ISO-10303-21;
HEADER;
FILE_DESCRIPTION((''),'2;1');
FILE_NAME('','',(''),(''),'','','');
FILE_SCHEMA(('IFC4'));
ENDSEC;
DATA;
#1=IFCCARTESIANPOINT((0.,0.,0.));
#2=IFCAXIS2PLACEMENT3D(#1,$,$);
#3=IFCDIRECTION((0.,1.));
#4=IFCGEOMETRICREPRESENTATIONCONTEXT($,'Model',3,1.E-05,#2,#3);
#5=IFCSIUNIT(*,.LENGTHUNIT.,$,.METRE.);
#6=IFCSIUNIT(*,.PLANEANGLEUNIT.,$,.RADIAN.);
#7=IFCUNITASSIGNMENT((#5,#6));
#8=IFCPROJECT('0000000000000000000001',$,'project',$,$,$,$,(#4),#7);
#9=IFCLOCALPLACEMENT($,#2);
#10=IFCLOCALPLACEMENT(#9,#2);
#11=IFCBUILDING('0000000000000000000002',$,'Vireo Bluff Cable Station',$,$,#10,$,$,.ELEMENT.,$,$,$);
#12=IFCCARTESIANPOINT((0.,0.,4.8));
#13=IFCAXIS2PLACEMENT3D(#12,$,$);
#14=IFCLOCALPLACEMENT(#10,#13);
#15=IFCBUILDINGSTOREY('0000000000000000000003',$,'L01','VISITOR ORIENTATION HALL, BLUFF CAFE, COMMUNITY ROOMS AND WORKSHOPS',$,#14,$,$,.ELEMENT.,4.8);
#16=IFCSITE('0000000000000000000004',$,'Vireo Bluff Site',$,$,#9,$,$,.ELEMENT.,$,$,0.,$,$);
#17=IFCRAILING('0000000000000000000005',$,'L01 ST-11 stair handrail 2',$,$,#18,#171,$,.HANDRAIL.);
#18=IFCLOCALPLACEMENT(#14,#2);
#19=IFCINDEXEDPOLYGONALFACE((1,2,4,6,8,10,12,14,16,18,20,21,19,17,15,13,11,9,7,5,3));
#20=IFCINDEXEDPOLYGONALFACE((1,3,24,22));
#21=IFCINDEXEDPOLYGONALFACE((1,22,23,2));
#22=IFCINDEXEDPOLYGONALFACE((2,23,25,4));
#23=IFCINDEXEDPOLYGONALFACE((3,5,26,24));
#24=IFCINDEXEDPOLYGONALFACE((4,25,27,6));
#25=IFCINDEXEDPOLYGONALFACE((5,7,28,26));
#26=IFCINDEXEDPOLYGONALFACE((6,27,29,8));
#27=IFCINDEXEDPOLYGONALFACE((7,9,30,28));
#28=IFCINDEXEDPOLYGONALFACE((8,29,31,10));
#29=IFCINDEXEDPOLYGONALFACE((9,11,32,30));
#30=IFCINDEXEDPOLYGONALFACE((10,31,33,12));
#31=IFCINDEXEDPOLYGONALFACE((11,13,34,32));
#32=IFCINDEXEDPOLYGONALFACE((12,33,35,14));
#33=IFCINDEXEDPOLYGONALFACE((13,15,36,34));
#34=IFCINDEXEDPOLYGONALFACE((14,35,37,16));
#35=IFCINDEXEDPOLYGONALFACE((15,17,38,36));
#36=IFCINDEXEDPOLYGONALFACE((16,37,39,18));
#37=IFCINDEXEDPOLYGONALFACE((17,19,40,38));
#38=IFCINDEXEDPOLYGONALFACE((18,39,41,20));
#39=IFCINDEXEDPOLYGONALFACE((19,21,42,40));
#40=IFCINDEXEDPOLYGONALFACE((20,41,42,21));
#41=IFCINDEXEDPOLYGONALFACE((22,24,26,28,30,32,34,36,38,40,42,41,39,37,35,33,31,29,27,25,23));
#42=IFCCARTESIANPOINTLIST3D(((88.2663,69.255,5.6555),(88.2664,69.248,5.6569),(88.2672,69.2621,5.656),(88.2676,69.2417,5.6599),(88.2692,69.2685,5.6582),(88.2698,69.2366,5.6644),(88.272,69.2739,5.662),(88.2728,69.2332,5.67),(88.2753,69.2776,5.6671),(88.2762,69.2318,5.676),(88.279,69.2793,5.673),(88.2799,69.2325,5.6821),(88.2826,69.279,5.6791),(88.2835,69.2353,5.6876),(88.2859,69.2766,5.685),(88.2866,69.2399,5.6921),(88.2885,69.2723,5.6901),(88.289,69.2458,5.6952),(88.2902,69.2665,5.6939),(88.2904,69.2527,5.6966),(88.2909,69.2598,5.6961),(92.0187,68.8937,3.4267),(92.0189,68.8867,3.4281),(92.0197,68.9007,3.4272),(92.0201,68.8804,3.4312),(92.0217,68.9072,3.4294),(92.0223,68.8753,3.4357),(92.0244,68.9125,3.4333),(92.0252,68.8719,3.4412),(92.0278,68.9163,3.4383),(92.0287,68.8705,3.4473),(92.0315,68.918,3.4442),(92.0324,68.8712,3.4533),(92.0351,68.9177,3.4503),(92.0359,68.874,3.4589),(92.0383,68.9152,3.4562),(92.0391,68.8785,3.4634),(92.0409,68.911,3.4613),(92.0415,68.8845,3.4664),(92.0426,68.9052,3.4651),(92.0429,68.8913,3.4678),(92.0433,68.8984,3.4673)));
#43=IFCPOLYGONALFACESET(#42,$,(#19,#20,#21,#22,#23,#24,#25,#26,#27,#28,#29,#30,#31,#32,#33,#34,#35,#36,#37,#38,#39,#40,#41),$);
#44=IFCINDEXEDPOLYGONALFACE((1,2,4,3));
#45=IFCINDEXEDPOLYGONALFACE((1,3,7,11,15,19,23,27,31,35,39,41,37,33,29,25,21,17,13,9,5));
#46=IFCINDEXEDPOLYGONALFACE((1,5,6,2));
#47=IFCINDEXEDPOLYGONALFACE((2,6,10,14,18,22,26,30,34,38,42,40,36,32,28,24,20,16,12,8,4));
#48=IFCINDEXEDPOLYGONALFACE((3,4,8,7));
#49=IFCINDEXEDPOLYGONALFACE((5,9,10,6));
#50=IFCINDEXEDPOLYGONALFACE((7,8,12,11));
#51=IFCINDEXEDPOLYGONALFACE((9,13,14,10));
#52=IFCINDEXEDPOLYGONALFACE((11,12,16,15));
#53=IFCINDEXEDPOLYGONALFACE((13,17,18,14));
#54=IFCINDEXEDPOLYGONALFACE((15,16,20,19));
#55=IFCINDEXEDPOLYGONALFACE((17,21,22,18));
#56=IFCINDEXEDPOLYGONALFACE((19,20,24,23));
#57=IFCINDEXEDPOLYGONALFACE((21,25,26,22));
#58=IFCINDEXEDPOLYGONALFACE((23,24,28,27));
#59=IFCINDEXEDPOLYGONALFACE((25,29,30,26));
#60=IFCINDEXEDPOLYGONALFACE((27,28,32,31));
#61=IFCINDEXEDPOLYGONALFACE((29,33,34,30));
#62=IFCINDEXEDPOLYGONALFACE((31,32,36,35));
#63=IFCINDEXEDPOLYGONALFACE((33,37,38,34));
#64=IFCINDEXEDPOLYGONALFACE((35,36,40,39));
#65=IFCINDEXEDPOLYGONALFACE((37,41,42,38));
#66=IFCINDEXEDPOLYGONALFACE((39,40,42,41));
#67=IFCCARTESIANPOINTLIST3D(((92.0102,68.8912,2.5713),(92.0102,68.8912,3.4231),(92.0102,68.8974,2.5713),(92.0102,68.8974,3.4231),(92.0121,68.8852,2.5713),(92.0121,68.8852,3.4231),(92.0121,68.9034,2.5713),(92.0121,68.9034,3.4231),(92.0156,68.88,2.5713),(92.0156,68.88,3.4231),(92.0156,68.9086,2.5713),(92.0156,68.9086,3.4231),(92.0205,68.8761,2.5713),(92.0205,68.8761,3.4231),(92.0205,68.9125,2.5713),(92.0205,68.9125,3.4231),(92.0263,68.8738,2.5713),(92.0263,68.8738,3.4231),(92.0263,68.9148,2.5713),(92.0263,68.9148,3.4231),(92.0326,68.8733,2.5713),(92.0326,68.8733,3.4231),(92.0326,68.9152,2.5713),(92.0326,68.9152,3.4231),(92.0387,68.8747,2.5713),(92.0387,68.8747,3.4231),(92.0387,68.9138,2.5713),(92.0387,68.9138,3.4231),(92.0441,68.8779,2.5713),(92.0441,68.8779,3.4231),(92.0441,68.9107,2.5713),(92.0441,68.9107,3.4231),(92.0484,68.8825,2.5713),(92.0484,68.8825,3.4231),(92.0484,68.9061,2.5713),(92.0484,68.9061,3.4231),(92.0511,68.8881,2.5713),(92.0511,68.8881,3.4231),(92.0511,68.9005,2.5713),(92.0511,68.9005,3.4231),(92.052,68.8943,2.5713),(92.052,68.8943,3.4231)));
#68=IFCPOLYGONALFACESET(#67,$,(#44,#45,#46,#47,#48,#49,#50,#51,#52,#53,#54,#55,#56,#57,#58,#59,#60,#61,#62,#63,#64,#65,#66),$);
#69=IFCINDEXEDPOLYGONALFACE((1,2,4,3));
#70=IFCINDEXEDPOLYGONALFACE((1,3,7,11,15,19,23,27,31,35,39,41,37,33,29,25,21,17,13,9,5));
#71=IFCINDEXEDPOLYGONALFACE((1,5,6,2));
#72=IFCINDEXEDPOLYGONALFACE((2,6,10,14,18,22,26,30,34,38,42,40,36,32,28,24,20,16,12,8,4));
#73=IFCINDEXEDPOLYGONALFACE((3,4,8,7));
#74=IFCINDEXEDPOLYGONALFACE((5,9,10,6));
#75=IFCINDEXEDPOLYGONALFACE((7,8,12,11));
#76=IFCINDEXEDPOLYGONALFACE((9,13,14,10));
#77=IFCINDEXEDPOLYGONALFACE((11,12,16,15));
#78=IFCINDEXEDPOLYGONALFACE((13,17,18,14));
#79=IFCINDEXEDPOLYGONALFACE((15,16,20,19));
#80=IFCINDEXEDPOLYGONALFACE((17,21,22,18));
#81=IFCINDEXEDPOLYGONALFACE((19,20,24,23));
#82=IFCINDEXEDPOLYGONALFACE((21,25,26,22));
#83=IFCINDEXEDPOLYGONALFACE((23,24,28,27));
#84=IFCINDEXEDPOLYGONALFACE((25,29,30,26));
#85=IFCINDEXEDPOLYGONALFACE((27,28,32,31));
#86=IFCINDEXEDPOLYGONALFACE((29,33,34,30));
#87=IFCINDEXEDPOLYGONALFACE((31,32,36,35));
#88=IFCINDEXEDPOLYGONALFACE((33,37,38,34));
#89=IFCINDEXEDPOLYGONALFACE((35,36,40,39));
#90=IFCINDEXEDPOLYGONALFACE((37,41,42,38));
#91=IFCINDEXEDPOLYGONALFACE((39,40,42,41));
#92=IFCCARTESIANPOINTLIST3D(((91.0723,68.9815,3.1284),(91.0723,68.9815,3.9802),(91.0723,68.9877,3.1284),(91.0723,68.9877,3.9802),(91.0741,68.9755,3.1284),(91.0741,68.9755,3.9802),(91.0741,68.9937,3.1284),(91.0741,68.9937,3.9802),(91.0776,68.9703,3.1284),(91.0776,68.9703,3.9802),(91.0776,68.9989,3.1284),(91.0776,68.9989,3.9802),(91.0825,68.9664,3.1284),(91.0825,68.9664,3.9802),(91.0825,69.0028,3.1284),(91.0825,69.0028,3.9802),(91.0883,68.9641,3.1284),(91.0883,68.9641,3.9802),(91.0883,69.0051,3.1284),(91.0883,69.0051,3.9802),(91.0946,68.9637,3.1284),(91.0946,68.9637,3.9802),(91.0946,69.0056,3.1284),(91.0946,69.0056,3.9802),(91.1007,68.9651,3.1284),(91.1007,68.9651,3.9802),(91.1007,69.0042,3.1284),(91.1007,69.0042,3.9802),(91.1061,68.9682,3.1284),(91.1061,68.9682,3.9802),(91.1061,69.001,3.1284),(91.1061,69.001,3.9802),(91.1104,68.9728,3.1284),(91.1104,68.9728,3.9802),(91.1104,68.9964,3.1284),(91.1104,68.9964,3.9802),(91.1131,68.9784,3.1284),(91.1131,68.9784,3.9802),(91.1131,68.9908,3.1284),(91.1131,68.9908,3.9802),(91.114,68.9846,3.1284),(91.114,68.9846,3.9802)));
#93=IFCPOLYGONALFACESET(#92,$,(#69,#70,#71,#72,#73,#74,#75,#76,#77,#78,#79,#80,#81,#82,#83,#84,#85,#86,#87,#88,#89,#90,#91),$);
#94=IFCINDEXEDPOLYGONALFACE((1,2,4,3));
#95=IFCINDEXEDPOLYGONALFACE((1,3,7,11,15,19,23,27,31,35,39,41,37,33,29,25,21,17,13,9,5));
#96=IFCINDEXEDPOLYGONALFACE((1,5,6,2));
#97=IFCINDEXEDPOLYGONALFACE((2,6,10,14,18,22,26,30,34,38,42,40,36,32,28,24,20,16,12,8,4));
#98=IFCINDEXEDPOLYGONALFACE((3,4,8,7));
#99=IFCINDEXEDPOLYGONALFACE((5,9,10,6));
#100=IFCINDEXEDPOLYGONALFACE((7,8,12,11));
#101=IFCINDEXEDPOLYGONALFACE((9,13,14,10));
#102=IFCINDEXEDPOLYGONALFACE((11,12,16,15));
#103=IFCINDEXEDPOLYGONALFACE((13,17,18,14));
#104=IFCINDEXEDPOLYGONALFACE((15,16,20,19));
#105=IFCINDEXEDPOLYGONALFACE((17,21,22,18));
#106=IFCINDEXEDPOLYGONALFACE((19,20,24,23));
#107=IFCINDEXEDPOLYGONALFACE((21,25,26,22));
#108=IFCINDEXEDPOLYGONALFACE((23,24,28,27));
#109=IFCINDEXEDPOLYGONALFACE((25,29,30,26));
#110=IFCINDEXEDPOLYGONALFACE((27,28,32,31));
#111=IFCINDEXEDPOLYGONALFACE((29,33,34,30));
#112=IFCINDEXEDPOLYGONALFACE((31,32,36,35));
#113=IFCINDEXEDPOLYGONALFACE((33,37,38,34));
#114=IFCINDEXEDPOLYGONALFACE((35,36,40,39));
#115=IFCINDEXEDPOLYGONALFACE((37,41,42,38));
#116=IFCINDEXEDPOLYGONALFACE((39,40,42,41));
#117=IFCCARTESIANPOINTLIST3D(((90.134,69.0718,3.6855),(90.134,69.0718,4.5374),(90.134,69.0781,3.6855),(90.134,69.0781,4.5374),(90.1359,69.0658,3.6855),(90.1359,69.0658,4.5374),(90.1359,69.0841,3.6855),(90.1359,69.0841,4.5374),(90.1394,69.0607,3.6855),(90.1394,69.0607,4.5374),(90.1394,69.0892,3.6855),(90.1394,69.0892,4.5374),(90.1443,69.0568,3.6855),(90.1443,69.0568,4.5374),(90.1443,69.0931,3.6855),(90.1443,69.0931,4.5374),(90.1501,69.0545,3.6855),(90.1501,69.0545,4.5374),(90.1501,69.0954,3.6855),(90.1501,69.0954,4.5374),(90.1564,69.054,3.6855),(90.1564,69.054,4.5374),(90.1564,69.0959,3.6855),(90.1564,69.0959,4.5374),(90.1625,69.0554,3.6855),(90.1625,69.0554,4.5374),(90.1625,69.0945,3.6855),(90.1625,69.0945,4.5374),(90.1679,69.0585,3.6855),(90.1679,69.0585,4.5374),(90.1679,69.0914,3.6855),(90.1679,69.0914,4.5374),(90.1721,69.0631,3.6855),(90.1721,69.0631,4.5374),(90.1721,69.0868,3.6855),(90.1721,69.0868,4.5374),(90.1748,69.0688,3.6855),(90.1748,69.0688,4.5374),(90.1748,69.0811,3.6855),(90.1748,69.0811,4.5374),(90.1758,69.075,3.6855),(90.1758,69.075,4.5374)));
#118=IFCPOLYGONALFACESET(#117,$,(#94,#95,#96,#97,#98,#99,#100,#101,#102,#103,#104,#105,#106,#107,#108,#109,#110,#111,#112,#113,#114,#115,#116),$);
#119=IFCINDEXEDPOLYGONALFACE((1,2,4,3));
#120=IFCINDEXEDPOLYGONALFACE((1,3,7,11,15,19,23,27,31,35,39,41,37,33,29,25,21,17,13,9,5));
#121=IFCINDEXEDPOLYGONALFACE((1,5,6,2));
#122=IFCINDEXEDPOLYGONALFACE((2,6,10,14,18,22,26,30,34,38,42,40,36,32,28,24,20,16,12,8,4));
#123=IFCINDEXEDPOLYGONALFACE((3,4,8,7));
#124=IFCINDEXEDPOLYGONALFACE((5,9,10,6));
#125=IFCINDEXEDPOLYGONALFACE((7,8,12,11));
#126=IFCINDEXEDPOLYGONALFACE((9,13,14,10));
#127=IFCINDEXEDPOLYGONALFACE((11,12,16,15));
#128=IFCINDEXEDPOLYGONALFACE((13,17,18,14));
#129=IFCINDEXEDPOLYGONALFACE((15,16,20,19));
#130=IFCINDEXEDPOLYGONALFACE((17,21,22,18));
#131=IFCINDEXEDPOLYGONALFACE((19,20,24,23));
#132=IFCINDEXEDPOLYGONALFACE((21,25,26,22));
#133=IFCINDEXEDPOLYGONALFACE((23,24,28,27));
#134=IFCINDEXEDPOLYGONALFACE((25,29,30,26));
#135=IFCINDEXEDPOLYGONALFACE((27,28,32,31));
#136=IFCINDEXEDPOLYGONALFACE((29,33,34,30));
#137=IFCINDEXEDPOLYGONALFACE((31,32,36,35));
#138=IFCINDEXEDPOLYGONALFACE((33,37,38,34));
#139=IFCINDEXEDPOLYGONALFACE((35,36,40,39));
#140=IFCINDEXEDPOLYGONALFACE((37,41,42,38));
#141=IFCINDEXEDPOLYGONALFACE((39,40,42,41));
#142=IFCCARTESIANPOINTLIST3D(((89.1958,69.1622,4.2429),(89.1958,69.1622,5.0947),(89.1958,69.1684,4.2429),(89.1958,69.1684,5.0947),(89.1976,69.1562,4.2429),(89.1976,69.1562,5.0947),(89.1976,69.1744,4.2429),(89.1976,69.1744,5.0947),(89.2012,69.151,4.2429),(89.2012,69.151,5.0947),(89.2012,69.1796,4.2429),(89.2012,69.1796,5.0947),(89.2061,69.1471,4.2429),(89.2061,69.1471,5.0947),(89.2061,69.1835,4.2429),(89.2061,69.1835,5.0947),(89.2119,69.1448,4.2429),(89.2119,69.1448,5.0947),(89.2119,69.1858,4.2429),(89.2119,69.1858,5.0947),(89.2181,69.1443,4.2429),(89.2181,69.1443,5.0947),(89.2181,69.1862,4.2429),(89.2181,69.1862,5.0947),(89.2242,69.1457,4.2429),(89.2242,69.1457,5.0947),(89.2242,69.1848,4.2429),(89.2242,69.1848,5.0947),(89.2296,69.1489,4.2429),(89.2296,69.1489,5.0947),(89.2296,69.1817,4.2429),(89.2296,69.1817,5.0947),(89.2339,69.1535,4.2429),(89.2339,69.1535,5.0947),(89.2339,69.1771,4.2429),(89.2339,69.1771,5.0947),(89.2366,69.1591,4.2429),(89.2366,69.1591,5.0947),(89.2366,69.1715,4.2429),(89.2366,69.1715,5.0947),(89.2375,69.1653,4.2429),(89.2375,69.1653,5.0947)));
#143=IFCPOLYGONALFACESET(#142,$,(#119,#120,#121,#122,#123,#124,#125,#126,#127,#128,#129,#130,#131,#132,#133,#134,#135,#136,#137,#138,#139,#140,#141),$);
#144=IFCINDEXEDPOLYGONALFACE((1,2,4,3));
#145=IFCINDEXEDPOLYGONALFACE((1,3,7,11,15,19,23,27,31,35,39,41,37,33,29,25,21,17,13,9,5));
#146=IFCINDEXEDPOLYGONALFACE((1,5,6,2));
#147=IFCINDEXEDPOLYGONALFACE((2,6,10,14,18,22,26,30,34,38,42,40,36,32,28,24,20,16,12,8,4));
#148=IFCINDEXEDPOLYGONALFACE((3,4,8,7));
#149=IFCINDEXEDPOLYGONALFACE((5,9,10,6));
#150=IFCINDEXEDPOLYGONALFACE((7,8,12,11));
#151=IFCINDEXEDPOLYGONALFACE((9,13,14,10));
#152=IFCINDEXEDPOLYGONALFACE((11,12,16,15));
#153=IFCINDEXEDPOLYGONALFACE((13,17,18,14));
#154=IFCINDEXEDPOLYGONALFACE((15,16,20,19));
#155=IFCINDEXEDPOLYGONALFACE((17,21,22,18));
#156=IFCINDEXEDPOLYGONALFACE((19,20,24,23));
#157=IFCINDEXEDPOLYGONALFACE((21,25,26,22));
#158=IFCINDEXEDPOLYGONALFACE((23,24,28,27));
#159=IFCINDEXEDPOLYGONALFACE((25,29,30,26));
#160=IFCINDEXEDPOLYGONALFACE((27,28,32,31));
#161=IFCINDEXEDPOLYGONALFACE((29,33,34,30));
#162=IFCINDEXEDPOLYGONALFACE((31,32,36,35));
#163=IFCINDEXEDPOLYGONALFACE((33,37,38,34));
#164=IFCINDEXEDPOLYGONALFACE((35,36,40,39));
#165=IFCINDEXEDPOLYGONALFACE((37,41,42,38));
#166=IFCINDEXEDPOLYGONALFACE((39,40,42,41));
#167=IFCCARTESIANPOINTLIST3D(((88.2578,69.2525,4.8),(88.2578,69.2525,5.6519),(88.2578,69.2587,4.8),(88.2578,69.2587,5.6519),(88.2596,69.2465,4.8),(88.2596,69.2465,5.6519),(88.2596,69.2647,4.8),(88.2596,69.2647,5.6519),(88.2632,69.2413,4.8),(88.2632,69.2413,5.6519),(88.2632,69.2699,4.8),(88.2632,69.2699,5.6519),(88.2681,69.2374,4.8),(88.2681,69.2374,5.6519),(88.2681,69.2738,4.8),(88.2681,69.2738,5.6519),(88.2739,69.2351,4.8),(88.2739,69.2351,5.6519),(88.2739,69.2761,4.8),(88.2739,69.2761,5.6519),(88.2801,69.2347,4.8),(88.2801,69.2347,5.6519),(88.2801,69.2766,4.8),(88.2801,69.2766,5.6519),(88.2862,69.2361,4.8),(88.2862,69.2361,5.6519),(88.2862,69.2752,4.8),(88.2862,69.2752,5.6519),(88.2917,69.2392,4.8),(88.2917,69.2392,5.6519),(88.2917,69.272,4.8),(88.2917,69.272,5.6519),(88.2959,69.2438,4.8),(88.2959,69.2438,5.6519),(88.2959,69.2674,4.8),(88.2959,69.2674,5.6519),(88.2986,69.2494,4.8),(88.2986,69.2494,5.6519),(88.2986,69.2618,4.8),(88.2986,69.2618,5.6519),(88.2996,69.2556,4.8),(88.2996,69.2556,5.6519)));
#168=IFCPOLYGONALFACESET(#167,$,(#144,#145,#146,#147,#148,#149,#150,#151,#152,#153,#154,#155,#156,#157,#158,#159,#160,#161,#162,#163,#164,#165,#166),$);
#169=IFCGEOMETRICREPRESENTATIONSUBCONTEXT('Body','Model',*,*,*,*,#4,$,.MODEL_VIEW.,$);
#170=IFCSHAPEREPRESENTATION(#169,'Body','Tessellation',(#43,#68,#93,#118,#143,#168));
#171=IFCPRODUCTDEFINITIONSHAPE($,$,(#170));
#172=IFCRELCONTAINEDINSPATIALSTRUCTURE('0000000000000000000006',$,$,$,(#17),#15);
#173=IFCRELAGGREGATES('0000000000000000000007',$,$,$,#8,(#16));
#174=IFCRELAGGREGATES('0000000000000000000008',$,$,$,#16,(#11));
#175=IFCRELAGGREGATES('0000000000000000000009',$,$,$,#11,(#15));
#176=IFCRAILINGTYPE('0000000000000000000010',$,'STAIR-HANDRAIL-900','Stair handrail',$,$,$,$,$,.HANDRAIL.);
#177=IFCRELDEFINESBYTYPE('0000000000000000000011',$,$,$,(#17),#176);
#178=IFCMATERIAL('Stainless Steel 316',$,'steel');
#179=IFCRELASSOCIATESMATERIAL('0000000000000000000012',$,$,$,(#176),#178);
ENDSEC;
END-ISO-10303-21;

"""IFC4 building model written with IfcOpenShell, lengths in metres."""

from ifc_helpers import new_model, si_unit, direction, frame, origin, origin_2d, place, context, subcontext, project, spatial, circle, extrude, material, type_object, element, save


model = new_model("IFC4")

# Units and contexts
model_context = context("Model", 3, precision=1e-05, world=origin(), true_north=direction((0.0, 1.0)))
body_context = subcontext(model_context, "Body", "Model", "MODEL_VIEW")
ifc_project = project(units=[si_unit("LENGTHUNIT", "METRE"), si_unit("PLANEANGLEUNIT", "RADIAN")], contexts=[model_context])

# Site, building, storey
site_placement = place(None, origin())
site = spatial("IfcSite", under=ifc_project, at=site_placement, Name="Vireo Bluff Site", CompositionType="ELEMENT", RefElevation=0.0)
building_placement = place(site_placement, origin())
building = spatial("IfcBuilding", under=site, at=building_placement, Name="Vireo Bluff Cable Station", CompositionType="ELEMENT")
storey_placement = place(building_placement, frame((0.0, 0.0, 4.8)))
storey = spatial("IfcBuildingStorey", under=building, at=storey_placement, Name="L01", Description="VISITOR ORIENTATION HALL, BLUFF CAFE, COMMUNITY ROOMS AND WORKSHOPS", CompositionType="ELEMENT", Elevation=4.8)

# Railing
ifc_material_1 = material(Name="Stainless Steel 316", Category="steel")
railing_type_1 = type_object("IfcRailingType", Name="STAIR-HANDRAIL-900", Description="Stair handrail", PredefinedType="HANDRAIL", material=ifc_material_1)
railing_1_placement = place(storey_placement, frame((92.031, 68.8943, 2.5713)))
element("IfcRailing", 1, at=railing_1_placement, inside=storey, type_object=railing_type_1, Name="L01 ST-11 stair handrail 2", PredefinedType="HANDRAIL", context=body_context, shape_type="SweptSolid", body=[
    extrude(circle(Radius=0.0239, at=origin_2d()), frame((0.0, 0.0, 0.876), z_axis=(-0.856848, 0.082507, 0.508924), x_axis=(-0.095848, -0.995396, 0.0)), (0.0, 0.0, 1.0), 4.3794),
    extrude(circle(Radius=0.021, at=origin_2d()), origin(), (0.0, 0.0, 1.0), 0.8518),
    extrude(circle(Radius=0.021, at=origin_2d()), frame((-0.938, 0.0903, 0.5571)), (0.0, 0.0, 1.0), 0.8518),
    extrude(circle(Radius=0.021, at=origin_2d()), frame((-1.8762, 0.1807, 1.1143)), (0.0, 0.0, 1.0), 0.8518),
    extrude(circle(Radius=0.021, at=origin_2d()), frame((-2.8145, 0.271, 1.6716)), (0.0, 0.0, 1.0), 0.8518),
    extrude(circle(Radius=0.021, at=origin_2d()), frame((-3.7524, 0.3613, 2.2288)), (0.0, 0.0, 1.0), 0.8518),
])

save(model, "model.ifc")
